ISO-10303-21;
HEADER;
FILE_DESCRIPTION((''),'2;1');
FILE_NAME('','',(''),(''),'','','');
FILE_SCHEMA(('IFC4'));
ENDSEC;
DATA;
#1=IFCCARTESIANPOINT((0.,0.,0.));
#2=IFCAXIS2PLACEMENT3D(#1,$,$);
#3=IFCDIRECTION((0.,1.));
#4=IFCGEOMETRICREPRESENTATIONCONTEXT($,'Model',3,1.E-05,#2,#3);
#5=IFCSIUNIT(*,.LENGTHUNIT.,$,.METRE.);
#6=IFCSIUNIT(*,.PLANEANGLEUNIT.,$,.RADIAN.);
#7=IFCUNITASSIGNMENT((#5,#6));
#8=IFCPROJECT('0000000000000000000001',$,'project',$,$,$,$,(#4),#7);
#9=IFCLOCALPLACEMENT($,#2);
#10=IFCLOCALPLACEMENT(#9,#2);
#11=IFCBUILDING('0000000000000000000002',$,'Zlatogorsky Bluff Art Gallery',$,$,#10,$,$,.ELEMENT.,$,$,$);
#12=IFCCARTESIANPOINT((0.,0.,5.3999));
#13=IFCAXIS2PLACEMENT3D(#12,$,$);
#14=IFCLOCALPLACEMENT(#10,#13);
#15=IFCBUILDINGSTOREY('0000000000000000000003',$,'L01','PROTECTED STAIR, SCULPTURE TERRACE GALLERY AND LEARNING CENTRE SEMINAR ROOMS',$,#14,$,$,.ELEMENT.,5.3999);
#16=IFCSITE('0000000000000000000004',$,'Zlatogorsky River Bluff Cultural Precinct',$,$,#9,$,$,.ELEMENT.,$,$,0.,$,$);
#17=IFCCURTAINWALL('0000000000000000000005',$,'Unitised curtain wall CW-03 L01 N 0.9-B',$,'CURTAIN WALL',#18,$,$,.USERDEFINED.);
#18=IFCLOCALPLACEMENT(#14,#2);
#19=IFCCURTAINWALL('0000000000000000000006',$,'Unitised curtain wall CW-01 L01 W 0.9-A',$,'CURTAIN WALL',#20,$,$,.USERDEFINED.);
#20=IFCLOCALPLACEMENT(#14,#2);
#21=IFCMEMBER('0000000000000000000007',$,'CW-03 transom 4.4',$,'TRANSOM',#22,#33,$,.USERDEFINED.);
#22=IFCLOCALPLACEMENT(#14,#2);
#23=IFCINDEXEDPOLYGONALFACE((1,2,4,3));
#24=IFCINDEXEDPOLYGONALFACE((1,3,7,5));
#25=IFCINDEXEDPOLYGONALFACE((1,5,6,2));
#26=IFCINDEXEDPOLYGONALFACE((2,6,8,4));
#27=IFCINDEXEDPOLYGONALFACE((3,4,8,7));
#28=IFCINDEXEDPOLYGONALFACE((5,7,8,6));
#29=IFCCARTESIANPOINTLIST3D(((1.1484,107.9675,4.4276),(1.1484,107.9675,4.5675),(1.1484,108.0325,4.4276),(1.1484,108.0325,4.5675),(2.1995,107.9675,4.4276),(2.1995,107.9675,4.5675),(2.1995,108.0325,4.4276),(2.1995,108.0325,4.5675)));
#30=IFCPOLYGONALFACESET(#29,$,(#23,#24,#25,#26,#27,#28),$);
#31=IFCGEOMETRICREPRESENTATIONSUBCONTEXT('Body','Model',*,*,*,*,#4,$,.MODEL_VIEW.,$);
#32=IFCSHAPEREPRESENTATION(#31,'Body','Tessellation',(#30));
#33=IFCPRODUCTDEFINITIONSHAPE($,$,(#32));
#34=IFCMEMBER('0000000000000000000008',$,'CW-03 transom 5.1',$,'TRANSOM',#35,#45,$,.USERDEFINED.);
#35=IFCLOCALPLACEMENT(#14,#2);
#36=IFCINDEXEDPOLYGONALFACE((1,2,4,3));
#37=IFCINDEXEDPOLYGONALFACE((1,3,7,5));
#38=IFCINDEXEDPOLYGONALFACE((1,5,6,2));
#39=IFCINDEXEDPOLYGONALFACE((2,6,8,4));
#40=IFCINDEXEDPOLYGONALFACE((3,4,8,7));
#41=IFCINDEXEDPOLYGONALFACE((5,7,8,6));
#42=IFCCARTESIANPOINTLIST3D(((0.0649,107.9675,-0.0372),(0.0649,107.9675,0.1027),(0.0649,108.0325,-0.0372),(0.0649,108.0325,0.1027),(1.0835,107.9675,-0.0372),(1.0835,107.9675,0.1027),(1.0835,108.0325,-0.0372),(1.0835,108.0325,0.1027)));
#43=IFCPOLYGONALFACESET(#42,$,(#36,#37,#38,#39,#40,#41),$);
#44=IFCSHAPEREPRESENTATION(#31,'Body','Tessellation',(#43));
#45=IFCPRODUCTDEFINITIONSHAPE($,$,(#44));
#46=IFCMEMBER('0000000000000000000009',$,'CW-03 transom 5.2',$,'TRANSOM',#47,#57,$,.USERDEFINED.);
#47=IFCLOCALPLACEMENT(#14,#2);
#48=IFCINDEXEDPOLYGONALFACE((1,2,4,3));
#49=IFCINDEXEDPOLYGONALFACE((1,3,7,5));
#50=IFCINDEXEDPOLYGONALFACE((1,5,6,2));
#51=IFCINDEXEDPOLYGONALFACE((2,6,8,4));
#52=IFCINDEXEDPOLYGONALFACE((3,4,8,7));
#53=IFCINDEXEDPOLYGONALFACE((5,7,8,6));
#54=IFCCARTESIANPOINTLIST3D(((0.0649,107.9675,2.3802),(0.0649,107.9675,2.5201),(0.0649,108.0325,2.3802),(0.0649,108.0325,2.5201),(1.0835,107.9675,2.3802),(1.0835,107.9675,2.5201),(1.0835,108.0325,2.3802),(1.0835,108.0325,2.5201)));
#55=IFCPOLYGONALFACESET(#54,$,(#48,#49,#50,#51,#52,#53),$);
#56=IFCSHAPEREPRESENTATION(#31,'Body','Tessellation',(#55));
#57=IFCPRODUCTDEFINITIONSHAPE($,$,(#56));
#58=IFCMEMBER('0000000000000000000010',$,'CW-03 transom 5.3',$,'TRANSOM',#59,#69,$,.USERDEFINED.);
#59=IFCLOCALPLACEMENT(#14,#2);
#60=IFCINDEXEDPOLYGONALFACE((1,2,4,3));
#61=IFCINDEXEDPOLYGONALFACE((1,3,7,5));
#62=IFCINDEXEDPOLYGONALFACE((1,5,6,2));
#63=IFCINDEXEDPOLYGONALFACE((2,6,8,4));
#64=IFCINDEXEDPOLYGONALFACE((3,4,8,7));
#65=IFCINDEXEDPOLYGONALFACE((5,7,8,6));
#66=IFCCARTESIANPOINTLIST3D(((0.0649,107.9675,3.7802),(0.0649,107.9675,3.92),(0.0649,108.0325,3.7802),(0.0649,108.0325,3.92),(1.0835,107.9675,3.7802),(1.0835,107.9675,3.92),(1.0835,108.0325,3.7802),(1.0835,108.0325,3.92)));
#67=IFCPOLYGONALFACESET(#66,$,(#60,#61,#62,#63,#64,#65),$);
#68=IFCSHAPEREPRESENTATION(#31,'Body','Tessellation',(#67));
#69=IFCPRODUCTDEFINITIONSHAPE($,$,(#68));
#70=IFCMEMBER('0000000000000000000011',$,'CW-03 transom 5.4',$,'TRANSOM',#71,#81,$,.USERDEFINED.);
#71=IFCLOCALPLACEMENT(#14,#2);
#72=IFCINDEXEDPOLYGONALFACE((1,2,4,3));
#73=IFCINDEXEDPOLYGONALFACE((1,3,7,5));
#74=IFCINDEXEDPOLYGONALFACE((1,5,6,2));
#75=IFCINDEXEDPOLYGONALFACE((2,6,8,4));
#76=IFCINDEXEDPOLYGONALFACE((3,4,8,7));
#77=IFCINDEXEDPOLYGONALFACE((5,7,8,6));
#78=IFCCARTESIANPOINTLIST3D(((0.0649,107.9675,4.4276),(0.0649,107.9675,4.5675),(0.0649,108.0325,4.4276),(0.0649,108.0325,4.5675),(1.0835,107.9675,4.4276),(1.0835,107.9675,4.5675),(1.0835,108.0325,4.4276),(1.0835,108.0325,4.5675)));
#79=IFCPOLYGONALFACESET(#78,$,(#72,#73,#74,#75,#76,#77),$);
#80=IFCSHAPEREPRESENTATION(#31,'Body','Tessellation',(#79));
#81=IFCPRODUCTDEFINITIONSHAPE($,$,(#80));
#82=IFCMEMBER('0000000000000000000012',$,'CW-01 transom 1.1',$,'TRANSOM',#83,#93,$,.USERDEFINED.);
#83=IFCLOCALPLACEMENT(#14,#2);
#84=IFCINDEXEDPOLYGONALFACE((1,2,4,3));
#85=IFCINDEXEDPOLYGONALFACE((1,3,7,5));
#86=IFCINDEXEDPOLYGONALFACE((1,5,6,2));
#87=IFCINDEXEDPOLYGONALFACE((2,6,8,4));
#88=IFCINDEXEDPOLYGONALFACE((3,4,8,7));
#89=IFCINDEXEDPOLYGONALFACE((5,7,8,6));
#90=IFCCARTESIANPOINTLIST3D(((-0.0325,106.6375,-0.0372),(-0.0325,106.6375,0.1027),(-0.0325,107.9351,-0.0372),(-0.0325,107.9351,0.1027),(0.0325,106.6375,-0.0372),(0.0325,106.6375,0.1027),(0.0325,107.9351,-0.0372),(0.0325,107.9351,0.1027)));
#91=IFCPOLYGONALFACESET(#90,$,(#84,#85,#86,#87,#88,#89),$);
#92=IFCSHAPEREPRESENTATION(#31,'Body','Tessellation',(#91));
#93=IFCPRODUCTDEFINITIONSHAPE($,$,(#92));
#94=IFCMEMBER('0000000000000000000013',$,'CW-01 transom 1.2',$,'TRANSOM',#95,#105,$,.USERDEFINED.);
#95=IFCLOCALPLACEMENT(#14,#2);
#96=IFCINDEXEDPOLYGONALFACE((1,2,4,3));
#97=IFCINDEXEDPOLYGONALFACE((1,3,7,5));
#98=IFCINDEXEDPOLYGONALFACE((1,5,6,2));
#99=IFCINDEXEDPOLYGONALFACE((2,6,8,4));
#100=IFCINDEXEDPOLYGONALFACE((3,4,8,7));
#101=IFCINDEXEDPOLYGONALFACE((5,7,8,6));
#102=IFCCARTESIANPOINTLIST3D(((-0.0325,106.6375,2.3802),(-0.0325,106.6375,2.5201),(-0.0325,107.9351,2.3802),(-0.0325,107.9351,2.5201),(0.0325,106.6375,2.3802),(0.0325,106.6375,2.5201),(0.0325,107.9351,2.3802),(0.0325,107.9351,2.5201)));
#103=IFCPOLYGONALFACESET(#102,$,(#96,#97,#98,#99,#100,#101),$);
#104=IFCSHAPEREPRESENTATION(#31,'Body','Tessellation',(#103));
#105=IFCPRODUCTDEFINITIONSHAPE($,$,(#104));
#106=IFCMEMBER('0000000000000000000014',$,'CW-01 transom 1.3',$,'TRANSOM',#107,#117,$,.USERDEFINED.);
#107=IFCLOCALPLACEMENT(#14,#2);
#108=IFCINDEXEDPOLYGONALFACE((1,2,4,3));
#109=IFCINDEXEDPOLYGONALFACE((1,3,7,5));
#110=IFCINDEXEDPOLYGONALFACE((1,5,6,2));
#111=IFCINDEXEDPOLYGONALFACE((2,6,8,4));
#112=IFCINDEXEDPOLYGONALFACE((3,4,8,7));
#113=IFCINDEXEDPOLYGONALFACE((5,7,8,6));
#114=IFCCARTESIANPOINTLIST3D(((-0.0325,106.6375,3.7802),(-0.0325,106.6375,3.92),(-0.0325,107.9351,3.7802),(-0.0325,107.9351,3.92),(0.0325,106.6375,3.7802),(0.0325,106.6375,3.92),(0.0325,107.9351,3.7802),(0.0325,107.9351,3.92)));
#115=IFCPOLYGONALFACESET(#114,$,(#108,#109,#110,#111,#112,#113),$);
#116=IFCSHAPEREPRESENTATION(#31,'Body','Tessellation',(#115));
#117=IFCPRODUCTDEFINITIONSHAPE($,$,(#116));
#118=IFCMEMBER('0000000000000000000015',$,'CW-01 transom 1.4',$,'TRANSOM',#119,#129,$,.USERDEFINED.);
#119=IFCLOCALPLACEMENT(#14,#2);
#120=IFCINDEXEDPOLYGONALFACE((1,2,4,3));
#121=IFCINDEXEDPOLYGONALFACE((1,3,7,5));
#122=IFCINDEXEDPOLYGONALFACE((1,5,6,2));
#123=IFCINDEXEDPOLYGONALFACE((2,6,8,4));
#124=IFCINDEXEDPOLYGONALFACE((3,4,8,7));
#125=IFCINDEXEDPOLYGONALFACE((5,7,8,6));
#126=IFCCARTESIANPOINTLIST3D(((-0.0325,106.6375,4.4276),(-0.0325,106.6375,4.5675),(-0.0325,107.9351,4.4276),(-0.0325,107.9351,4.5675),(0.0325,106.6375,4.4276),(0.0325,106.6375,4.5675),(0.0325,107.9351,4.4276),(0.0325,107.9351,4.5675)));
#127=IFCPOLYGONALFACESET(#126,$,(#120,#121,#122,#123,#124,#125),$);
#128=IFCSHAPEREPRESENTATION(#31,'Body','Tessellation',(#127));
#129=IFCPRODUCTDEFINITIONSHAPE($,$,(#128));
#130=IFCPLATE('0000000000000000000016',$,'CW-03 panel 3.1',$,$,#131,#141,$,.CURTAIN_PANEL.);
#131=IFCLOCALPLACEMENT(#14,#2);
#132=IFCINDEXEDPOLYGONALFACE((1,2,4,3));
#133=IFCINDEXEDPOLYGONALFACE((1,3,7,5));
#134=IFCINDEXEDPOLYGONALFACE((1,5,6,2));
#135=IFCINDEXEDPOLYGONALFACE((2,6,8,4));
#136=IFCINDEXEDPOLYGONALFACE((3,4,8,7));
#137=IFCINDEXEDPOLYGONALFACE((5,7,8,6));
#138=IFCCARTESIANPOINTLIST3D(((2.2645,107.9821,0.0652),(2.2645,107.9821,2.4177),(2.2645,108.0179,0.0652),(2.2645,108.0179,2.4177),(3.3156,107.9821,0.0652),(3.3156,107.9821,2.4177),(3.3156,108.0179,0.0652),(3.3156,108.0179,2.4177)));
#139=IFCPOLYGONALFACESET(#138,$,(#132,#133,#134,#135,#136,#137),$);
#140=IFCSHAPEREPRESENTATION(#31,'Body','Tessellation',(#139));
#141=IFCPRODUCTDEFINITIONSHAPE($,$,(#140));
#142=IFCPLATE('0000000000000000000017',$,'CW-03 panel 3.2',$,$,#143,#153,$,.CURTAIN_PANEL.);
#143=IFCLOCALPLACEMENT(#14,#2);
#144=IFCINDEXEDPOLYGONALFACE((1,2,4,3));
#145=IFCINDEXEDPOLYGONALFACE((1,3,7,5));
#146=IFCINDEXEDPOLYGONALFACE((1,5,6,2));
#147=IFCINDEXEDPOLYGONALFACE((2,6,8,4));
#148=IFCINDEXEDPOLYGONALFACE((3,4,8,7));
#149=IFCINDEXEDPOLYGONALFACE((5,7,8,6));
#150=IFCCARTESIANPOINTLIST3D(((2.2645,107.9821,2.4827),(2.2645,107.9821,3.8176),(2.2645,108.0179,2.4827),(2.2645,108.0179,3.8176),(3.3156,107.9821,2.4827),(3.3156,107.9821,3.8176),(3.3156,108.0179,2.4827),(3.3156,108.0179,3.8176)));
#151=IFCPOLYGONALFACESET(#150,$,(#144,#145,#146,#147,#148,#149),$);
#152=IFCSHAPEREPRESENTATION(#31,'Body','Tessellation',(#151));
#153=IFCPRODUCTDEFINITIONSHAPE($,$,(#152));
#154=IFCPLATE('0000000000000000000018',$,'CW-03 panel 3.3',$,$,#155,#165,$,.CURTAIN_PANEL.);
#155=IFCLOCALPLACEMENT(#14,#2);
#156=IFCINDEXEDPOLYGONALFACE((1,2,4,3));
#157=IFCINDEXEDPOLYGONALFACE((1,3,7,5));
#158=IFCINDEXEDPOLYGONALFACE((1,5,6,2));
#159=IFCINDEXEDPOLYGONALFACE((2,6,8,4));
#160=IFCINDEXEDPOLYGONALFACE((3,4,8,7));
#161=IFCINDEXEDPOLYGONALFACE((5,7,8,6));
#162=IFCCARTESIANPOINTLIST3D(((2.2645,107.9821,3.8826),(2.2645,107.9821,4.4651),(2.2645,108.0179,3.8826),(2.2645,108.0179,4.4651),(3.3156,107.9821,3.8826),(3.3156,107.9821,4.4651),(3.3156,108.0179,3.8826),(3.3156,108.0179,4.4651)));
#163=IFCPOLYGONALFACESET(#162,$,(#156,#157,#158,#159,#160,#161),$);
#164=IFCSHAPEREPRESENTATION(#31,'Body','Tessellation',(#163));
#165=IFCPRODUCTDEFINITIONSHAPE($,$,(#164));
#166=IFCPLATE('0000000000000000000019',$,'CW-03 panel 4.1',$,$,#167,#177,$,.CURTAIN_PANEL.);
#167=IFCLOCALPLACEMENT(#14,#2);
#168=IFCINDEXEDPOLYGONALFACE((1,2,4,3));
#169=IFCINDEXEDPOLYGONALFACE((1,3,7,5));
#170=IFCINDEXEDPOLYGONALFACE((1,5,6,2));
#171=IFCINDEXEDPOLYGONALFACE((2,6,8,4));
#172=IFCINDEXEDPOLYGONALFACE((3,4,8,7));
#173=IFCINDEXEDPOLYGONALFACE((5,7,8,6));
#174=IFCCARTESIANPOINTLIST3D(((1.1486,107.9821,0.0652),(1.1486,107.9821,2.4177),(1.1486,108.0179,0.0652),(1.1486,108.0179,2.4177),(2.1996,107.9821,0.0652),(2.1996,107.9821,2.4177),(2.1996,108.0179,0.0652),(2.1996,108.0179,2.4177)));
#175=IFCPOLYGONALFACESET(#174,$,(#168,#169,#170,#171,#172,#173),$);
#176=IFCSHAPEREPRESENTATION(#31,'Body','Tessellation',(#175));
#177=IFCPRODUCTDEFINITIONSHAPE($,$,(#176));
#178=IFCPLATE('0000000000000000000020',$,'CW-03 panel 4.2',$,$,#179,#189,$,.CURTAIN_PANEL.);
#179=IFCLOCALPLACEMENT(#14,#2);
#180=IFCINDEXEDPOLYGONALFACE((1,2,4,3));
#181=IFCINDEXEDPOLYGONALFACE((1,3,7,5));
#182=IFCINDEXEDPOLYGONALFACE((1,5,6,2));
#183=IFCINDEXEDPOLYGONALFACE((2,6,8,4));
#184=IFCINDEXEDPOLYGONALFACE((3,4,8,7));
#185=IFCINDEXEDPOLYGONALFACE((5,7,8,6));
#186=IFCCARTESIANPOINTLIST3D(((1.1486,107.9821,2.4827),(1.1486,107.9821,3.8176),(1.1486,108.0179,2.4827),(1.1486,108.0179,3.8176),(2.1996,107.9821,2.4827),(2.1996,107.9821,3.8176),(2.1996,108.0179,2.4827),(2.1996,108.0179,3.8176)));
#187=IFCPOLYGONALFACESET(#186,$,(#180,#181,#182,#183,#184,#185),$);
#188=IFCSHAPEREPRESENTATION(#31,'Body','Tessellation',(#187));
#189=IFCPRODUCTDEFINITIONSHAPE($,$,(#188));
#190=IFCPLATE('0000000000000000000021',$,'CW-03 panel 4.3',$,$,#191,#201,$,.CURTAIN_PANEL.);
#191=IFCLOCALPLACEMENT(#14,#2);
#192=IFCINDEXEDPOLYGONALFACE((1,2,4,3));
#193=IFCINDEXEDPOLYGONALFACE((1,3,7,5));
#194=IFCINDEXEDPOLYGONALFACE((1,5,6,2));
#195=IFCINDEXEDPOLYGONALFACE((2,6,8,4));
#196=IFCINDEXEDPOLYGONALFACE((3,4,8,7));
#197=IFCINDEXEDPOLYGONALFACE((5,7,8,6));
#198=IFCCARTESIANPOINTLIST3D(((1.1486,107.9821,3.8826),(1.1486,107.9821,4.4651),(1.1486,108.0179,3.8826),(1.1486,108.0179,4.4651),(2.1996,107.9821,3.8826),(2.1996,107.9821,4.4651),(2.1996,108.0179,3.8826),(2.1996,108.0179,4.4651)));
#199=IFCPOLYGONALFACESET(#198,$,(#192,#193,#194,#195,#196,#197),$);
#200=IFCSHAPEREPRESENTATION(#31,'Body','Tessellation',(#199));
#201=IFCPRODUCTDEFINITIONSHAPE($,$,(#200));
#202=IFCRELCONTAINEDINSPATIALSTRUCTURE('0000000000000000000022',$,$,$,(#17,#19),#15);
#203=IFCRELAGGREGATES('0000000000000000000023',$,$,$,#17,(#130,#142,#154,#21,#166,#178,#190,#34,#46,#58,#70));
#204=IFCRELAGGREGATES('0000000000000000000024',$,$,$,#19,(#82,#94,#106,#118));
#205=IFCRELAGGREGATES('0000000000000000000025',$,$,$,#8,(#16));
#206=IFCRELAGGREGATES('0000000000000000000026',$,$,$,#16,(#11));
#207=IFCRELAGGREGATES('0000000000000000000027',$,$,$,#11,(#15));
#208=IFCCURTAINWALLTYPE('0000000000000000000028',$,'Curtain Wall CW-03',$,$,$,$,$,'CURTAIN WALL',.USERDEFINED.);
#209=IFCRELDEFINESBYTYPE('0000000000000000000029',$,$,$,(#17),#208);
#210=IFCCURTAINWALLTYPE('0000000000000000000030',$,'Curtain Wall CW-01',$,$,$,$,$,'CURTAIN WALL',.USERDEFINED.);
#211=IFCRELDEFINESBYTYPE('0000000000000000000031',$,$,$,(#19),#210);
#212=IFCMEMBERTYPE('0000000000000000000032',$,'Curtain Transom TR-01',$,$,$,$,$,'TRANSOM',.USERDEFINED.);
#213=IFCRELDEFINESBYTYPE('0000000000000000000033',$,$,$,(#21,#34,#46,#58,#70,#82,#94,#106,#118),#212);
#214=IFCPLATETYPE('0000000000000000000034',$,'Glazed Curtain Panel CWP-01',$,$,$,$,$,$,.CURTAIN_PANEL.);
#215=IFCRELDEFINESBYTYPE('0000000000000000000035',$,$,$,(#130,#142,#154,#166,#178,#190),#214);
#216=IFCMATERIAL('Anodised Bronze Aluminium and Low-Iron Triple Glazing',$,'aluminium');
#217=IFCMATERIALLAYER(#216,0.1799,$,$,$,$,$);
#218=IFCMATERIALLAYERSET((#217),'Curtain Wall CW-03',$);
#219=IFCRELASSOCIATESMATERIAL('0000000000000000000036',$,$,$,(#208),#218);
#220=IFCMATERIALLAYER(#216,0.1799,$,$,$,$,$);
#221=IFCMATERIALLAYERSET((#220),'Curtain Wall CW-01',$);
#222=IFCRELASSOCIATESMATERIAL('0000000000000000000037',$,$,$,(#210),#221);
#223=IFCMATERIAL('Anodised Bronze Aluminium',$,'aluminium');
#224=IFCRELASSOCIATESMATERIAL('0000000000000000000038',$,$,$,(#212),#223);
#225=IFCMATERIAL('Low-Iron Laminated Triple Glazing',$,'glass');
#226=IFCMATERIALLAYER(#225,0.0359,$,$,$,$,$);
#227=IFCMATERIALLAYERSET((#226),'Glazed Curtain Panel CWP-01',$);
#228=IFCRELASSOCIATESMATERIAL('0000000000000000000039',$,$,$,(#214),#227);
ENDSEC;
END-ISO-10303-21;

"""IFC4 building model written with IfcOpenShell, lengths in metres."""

from ifc_helpers import new_model, si_unit, direction, frame, origin, origin_2d, place, context, subcontext, project, spatial, rectangle, extrude, material, layer, layer_set, material_profile, profile_set, type_object, element, aggregate, save


model = new_model("IFC4")

# Units and contexts
model_context = context("Model", 3, precision=1e-05, world=origin(), true_north=direction((0.0, 1.0)))
body_context = subcontext(model_context, "Body", "Model", "MODEL_VIEW")
ifc_project = project(units=[si_unit("LENGTHUNIT", "METRE"), si_unit("PLANEANGLEUNIT", "RADIAN")], contexts=[model_context])

# Site, building, storey
site_placement = place(None, origin())
site = spatial("IfcSite", under=ifc_project, at=site_placement, Name="Zlatogorsky River Bluff Cultural Precinct", CompositionType="ELEMENT", RefElevation=0.0)
building_placement = place(site_placement, origin())
building = spatial("IfcBuilding", under=site, at=building_placement, Name="Zlatogorsky Bluff Art Gallery", CompositionType="ELEMENT")
storey_placement = place(building_placement, frame((0.0, 0.0, 5.3999)))
storey = spatial("IfcBuildingStorey", under=building, at=storey_placement, Name="L01", Description="PROTECTED STAIR, SCULPTURE TERRACE GALLERY AND LEARNING CENTRE SEMINAR ROOMS", CompositionType="ELEMENT", Elevation=5.3999)

# Curtain wall
ifc_material_1 = material(Name="Anodised Bronze Aluminium and Low-Iron Triple Glazing", Category="aluminium")
ifc_layer_1 = layer(ifc_material_1, 0.1799)
ifc_layer_set_1 = layer_set([ifc_layer_1], Name="Curtain Wall CW-03")
curtain_wall_type_1 = type_object("IfcCurtainWallType", Name="Curtain Wall CW-03", ElementType="CURTAIN WALL", PredefinedType="USERDEFINED", material=ifc_layer_set_1)
curtain_wall_1_placement = place(storey_placement, origin())
curtain_wall_1 = element("IfcCurtainWall", 1, at=curtain_wall_1_placement, inside=storey, type_object=curtain_wall_type_1, Name="Unitised curtain wall CW-03 L01 N 0.9-B", ObjectType="CURTAIN WALL", PredefinedType="USERDEFINED")
ifc_material_2 = material(Name="Anodised Bronze Aluminium", Category="aluminium")

# Curtain wall
ifc_layer_2 = layer(ifc_material_1, 0.1799)
ifc_layer_set_2 = layer_set([ifc_layer_2], Name="Curtain Wall CW-01")
curtain_wall_type_2 = type_object("IfcCurtainWallType", Name="Curtain Wall CW-01", ElementType="CURTAIN WALL", PredefinedType="USERDEFINED", material=ifc_layer_set_2)
curtain_wall_2_placement = place(storey_placement, origin())
curtain_wall_2 = element("IfcCurtainWall", 2, at=curtain_wall_2_placement, inside=storey, type_object=curtain_wall_type_2, Name="Unitised curtain wall CW-01 L01 W 0.9-A", ObjectType="CURTAIN WALL", PredefinedType="USERDEFINED")

# Members
ifc_material_profile_1 = material_profile(ifc_material_2, rectangle(XDim=0.0649, YDim=0.1399, at=origin_2d()), Name="ALU TRANSOM 65x140")
ifc_profile_set_1 = profile_set([ifc_material_profile_1], Name="Anodised Bronze Aluminium")
member_type_1 = type_object("IfcMemberType", Name="Curtain Transom TR-01", ElementType="TRANSOM", PredefinedType="USERDEFINED", material=ifc_profile_set_1)
member_1_placement = place(storey_placement, frame((2.1995, 108.0, 4.4976), z_axis=(-1.0, 0.0, 0.0), x_axis=(0.0, -1.0, 0.0)))
member_1 = element("IfcMember", 3, at=member_1_placement, type_object=member_type_1, Name="CW-03 transom 4.4", ObjectType="TRANSOM", PredefinedType="USERDEFINED", context=body_context, shape_type="SweptSolid", body=[
    extrude(rectangle(XDim=0.0649, YDim=0.1399, at=origin_2d()), origin(), (0.0, 0.0, 1.0), 1.051),
])
member_2_placement = place(storey_placement, frame((1.0835, 108.0, 0.0327), z_axis=(-1.0, 0.0, 0.0), x_axis=(0.0, -1.0, 0.0)))
member_2 = element("IfcMember", 4, at=member_2_placement, type_object=member_type_1, Name="CW-03 transom 5.1", ObjectType="TRANSOM", PredefinedType="USERDEFINED", context=body_context, shape_type="SweptSolid", body=[
    extrude(rectangle(XDim=0.0649, YDim=0.1399, at=origin_2d()), origin(), (0.0, 0.0, 1.0), 1.0186),
])
member_3_placement = place(storey_placement, frame((1.0835, 108.0, 2.4502), z_axis=(-1.0, 0.0, 0.0), x_axis=(0.0, -1.0, 0.0)))
member_3 = element("IfcMember", 5, at=member_3_placement, type_object=member_type_1, Name="CW-03 transom 5.2", ObjectType="TRANSOM", PredefinedType="USERDEFINED", context=body_context, shape_type="SweptSolid", body=[
    extrude(rectangle(XDim=0.0649, YDim=0.1399, at=origin_2d()), origin(), (0.0, 0.0, 1.0), 1.0186),
])
member_4_placement = place(storey_placement, frame((1.0835, 108.0, 3.8501), z_axis=(-1.0, 0.0, 0.0), x_axis=(0.0, -1.0, 0.0)))
member_4 = element("IfcMember", 6, at=member_4_placement, type_object=member_type_1, Name="CW-03 transom 5.3", ObjectType="TRANSOM", PredefinedType="USERDEFINED", context=body_context, shape_type="SweptSolid", body=[
    extrude(rectangle(XDim=0.0649, YDim=0.1399, at=origin_2d()), origin(), (0.0, 0.0, 1.0), 1.0186),
])
member_5_placement = place(storey_placement, frame((1.0835, 108.0, 4.4976), z_axis=(-1.0, 0.0, 0.0), x_axis=(0.0, -1.0, 0.0)))
member_5 = element("IfcMember", 7, at=member_5_placement, type_object=member_type_1, Name="CW-03 transom 5.4", ObjectType="TRANSOM", PredefinedType="USERDEFINED", context=body_context, shape_type="SweptSolid", body=[
    extrude(rectangle(XDim=0.0649, YDim=0.1399, at=origin_2d()), origin(), (0.0, 0.0, 1.0), 1.0186),
])
member_6_placement = place(storey_placement, frame((0.0, 107.9351, 0.0327), z_axis=(0.0, -1.0, 0.0), x_axis=(1.0, 0.0, 0.0)))
member_6 = element("IfcMember", 8, at=member_6_placement, type_object=member_type_1, Name="CW-01 transom 1.1", ObjectType="TRANSOM", PredefinedType="USERDEFINED", context=body_context, shape_type="SweptSolid", body=[
    extrude(rectangle(XDim=0.0649, YDim=0.1399, at=origin_2d()), origin(), (0.0, 0.0, 1.0), 1.2976),
])
member_7_placement = place(storey_placement, frame((0.0, 107.9351, 2.4502), z_axis=(0.0, -1.0, 0.0), x_axis=(1.0, 0.0, 0.0)))
member_7 = element("IfcMember", 9, at=member_7_placement, type_object=member_type_1, Name="CW-01 transom 1.2", ObjectType="TRANSOM", PredefinedType="USERDEFINED", context=body_context, shape_type="SweptSolid", body=[
    extrude(rectangle(XDim=0.0649, YDim=0.1399, at=origin_2d()), origin(), (0.0, 0.0, 1.0), 1.2976),
])
member_8_placement = place(storey_placement, frame((0.0, 107.9351, 3.8501), z_axis=(0.0, -1.0, 0.0), x_axis=(1.0, 0.0, 0.0)))
member_8 = element("IfcMember", 10, at=member_8_placement, type_object=member_type_1, Name="CW-01 transom 1.3", ObjectType="TRANSOM", PredefinedType="USERDEFINED", context=body_context, shape_type="SweptSolid", body=[
    extrude(rectangle(XDim=0.0649, YDim=0.1399, at=origin_2d()), origin(), (0.0, 0.0, 1.0), 1.2976),
])
member_9_placement = place(storey_placement, frame((0.0, 107.9351, 4.4976), z_axis=(0.0, -1.0, 0.0), x_axis=(1.0, 0.0, 0.0)))
member_9 = element("IfcMember", 11, at=member_9_placement, type_object=member_type_1, Name="CW-01 transom 1.4", ObjectType="TRANSOM", PredefinedType="USERDEFINED", context=body_context, shape_type="SweptSolid", body=[
    extrude(rectangle(XDim=0.0649, YDim=0.1399, at=origin_2d()), origin(), (0.0, 0.0, 1.0), 1.2976),
])

# Plates
ifc_material_3 = material(Name="Low-Iron Laminated Triple Glazing", Category="glass")
ifc_layer_3 = layer(ifc_material_3, 0.0359)
ifc_layer_set_3 = layer_set([ifc_layer_3], Name="Glazed Curtain Panel CWP-01")
plate_type = type_object("IfcPlateType", Name="Glazed Curtain Panel CWP-01", PredefinedType="CURTAIN_PANEL", material=ifc_layer_set_3)
plate_1_placement = place(storey_placement, frame((2.79, 108.0, 0.0652), z_axis=(0.0, 0.0, 1.0), x_axis=(-1.0, 0.0, 0.0)))
plate_1 = element("IfcPlate", 12, at=plate_1_placement, type_object=plate_type, Name="CW-03 panel 3.1", PredefinedType="CURTAIN_PANEL", context=body_context, shape_type="SweptSolid", body=[
    extrude(rectangle(XDim=1.051, YDim=0.0359, at=origin_2d()), origin(), (0.0, 0.0, 1.0), 2.3525),
])
plate_2_placement = place(storey_placement, frame((2.79, 108.0, 2.4827), z_axis=(0.0, 0.0, 1.0), x_axis=(-1.0, 0.0, 0.0)))
plate_2 = element("IfcPlate", 13, at=plate_2_placement, type_object=plate_type, Name="CW-03 panel 3.2", PredefinedType="CURTAIN_PANEL", context=body_context, shape_type="SweptSolid", body=[
    extrude(rectangle(XDim=1.051, YDim=0.0359, at=origin_2d()), origin(), (0.0, 0.0, 1.0), 1.335),
])
plate_3_placement = place(storey_placement, frame((2.79, 108.0, 3.8826), z_axis=(0.0, 0.0, 1.0), x_axis=(-1.0, 0.0, 0.0)))
plate_3 = element("IfcPlate", 14, at=plate_3_placement, type_object=plate_type, Name="CW-03 panel 3.3", PredefinedType="CURTAIN_PANEL", context=body_context, shape_type="SweptSolid", body=[
    extrude(rectangle(XDim=1.051, YDim=0.0359, at=origin_2d()), origin(), (0.0, 0.0, 1.0), 0.5825),
])
plate_4_placement = place(storey_placement, frame((1.6741, 108.0, 0.0652), z_axis=(0.0, 0.0, 1.0), x_axis=(-1.0, 0.0, 0.0)))
plate_4 = element("IfcPlate", 15, at=plate_4_placement, type_object=plate_type, Name="CW-03 panel 4.1", PredefinedType="CURTAIN_PANEL", context=body_context, shape_type="SweptSolid", body=[
    extrude(rectangle(XDim=1.051, YDim=0.0359, at=origin_2d()), origin(), (0.0, 0.0, 1.0), 2.3525),
])
plate_5_placement = place(storey_placement, frame((1.6741, 108.0, 2.4827), z_axis=(0.0, 0.0, 1.0), x_axis=(-1.0, 0.0, 0.0)))
plate_5 = element("IfcPlate", 16, at=plate_5_placement, type_object=plate_type, Name="CW-03 panel 4.2", PredefinedType="CURTAIN_PANEL", context=body_context, shape_type="SweptSolid", body=[
    extrude(rectangle(XDim=1.051, YDim=0.0359, at=origin_2d()), origin(), (0.0, 0.0, 1.0), 1.335),
])
plate_6_placement = place(storey_placement, frame((1.6741, 108.0, 3.8826), z_axis=(0.0, 0.0, 1.0), x_axis=(-1.0, 0.0, 0.0)))
plate_6 = element("IfcPlate", 17, at=plate_6_placement, type_object=plate_type, Name="CW-03 panel 4.3", PredefinedType="CURTAIN_PANEL", context=body_context, shape_type="SweptSolid", body=[
    extrude(rectangle(XDim=1.051, YDim=0.0359, at=origin_2d()), origin(), (0.0, 0.0, 1.0), 0.5825),
])
aggregate(curtain_wall_1, [plate_1, plate_2, plate_3, member_1, plate_4, plate_5, plate_6, member_2, member_3, member_4, member_5])
aggregate(curtain_wall_2, [member_6, member_7, member_8, member_9])

save(model, "model.ifc")
